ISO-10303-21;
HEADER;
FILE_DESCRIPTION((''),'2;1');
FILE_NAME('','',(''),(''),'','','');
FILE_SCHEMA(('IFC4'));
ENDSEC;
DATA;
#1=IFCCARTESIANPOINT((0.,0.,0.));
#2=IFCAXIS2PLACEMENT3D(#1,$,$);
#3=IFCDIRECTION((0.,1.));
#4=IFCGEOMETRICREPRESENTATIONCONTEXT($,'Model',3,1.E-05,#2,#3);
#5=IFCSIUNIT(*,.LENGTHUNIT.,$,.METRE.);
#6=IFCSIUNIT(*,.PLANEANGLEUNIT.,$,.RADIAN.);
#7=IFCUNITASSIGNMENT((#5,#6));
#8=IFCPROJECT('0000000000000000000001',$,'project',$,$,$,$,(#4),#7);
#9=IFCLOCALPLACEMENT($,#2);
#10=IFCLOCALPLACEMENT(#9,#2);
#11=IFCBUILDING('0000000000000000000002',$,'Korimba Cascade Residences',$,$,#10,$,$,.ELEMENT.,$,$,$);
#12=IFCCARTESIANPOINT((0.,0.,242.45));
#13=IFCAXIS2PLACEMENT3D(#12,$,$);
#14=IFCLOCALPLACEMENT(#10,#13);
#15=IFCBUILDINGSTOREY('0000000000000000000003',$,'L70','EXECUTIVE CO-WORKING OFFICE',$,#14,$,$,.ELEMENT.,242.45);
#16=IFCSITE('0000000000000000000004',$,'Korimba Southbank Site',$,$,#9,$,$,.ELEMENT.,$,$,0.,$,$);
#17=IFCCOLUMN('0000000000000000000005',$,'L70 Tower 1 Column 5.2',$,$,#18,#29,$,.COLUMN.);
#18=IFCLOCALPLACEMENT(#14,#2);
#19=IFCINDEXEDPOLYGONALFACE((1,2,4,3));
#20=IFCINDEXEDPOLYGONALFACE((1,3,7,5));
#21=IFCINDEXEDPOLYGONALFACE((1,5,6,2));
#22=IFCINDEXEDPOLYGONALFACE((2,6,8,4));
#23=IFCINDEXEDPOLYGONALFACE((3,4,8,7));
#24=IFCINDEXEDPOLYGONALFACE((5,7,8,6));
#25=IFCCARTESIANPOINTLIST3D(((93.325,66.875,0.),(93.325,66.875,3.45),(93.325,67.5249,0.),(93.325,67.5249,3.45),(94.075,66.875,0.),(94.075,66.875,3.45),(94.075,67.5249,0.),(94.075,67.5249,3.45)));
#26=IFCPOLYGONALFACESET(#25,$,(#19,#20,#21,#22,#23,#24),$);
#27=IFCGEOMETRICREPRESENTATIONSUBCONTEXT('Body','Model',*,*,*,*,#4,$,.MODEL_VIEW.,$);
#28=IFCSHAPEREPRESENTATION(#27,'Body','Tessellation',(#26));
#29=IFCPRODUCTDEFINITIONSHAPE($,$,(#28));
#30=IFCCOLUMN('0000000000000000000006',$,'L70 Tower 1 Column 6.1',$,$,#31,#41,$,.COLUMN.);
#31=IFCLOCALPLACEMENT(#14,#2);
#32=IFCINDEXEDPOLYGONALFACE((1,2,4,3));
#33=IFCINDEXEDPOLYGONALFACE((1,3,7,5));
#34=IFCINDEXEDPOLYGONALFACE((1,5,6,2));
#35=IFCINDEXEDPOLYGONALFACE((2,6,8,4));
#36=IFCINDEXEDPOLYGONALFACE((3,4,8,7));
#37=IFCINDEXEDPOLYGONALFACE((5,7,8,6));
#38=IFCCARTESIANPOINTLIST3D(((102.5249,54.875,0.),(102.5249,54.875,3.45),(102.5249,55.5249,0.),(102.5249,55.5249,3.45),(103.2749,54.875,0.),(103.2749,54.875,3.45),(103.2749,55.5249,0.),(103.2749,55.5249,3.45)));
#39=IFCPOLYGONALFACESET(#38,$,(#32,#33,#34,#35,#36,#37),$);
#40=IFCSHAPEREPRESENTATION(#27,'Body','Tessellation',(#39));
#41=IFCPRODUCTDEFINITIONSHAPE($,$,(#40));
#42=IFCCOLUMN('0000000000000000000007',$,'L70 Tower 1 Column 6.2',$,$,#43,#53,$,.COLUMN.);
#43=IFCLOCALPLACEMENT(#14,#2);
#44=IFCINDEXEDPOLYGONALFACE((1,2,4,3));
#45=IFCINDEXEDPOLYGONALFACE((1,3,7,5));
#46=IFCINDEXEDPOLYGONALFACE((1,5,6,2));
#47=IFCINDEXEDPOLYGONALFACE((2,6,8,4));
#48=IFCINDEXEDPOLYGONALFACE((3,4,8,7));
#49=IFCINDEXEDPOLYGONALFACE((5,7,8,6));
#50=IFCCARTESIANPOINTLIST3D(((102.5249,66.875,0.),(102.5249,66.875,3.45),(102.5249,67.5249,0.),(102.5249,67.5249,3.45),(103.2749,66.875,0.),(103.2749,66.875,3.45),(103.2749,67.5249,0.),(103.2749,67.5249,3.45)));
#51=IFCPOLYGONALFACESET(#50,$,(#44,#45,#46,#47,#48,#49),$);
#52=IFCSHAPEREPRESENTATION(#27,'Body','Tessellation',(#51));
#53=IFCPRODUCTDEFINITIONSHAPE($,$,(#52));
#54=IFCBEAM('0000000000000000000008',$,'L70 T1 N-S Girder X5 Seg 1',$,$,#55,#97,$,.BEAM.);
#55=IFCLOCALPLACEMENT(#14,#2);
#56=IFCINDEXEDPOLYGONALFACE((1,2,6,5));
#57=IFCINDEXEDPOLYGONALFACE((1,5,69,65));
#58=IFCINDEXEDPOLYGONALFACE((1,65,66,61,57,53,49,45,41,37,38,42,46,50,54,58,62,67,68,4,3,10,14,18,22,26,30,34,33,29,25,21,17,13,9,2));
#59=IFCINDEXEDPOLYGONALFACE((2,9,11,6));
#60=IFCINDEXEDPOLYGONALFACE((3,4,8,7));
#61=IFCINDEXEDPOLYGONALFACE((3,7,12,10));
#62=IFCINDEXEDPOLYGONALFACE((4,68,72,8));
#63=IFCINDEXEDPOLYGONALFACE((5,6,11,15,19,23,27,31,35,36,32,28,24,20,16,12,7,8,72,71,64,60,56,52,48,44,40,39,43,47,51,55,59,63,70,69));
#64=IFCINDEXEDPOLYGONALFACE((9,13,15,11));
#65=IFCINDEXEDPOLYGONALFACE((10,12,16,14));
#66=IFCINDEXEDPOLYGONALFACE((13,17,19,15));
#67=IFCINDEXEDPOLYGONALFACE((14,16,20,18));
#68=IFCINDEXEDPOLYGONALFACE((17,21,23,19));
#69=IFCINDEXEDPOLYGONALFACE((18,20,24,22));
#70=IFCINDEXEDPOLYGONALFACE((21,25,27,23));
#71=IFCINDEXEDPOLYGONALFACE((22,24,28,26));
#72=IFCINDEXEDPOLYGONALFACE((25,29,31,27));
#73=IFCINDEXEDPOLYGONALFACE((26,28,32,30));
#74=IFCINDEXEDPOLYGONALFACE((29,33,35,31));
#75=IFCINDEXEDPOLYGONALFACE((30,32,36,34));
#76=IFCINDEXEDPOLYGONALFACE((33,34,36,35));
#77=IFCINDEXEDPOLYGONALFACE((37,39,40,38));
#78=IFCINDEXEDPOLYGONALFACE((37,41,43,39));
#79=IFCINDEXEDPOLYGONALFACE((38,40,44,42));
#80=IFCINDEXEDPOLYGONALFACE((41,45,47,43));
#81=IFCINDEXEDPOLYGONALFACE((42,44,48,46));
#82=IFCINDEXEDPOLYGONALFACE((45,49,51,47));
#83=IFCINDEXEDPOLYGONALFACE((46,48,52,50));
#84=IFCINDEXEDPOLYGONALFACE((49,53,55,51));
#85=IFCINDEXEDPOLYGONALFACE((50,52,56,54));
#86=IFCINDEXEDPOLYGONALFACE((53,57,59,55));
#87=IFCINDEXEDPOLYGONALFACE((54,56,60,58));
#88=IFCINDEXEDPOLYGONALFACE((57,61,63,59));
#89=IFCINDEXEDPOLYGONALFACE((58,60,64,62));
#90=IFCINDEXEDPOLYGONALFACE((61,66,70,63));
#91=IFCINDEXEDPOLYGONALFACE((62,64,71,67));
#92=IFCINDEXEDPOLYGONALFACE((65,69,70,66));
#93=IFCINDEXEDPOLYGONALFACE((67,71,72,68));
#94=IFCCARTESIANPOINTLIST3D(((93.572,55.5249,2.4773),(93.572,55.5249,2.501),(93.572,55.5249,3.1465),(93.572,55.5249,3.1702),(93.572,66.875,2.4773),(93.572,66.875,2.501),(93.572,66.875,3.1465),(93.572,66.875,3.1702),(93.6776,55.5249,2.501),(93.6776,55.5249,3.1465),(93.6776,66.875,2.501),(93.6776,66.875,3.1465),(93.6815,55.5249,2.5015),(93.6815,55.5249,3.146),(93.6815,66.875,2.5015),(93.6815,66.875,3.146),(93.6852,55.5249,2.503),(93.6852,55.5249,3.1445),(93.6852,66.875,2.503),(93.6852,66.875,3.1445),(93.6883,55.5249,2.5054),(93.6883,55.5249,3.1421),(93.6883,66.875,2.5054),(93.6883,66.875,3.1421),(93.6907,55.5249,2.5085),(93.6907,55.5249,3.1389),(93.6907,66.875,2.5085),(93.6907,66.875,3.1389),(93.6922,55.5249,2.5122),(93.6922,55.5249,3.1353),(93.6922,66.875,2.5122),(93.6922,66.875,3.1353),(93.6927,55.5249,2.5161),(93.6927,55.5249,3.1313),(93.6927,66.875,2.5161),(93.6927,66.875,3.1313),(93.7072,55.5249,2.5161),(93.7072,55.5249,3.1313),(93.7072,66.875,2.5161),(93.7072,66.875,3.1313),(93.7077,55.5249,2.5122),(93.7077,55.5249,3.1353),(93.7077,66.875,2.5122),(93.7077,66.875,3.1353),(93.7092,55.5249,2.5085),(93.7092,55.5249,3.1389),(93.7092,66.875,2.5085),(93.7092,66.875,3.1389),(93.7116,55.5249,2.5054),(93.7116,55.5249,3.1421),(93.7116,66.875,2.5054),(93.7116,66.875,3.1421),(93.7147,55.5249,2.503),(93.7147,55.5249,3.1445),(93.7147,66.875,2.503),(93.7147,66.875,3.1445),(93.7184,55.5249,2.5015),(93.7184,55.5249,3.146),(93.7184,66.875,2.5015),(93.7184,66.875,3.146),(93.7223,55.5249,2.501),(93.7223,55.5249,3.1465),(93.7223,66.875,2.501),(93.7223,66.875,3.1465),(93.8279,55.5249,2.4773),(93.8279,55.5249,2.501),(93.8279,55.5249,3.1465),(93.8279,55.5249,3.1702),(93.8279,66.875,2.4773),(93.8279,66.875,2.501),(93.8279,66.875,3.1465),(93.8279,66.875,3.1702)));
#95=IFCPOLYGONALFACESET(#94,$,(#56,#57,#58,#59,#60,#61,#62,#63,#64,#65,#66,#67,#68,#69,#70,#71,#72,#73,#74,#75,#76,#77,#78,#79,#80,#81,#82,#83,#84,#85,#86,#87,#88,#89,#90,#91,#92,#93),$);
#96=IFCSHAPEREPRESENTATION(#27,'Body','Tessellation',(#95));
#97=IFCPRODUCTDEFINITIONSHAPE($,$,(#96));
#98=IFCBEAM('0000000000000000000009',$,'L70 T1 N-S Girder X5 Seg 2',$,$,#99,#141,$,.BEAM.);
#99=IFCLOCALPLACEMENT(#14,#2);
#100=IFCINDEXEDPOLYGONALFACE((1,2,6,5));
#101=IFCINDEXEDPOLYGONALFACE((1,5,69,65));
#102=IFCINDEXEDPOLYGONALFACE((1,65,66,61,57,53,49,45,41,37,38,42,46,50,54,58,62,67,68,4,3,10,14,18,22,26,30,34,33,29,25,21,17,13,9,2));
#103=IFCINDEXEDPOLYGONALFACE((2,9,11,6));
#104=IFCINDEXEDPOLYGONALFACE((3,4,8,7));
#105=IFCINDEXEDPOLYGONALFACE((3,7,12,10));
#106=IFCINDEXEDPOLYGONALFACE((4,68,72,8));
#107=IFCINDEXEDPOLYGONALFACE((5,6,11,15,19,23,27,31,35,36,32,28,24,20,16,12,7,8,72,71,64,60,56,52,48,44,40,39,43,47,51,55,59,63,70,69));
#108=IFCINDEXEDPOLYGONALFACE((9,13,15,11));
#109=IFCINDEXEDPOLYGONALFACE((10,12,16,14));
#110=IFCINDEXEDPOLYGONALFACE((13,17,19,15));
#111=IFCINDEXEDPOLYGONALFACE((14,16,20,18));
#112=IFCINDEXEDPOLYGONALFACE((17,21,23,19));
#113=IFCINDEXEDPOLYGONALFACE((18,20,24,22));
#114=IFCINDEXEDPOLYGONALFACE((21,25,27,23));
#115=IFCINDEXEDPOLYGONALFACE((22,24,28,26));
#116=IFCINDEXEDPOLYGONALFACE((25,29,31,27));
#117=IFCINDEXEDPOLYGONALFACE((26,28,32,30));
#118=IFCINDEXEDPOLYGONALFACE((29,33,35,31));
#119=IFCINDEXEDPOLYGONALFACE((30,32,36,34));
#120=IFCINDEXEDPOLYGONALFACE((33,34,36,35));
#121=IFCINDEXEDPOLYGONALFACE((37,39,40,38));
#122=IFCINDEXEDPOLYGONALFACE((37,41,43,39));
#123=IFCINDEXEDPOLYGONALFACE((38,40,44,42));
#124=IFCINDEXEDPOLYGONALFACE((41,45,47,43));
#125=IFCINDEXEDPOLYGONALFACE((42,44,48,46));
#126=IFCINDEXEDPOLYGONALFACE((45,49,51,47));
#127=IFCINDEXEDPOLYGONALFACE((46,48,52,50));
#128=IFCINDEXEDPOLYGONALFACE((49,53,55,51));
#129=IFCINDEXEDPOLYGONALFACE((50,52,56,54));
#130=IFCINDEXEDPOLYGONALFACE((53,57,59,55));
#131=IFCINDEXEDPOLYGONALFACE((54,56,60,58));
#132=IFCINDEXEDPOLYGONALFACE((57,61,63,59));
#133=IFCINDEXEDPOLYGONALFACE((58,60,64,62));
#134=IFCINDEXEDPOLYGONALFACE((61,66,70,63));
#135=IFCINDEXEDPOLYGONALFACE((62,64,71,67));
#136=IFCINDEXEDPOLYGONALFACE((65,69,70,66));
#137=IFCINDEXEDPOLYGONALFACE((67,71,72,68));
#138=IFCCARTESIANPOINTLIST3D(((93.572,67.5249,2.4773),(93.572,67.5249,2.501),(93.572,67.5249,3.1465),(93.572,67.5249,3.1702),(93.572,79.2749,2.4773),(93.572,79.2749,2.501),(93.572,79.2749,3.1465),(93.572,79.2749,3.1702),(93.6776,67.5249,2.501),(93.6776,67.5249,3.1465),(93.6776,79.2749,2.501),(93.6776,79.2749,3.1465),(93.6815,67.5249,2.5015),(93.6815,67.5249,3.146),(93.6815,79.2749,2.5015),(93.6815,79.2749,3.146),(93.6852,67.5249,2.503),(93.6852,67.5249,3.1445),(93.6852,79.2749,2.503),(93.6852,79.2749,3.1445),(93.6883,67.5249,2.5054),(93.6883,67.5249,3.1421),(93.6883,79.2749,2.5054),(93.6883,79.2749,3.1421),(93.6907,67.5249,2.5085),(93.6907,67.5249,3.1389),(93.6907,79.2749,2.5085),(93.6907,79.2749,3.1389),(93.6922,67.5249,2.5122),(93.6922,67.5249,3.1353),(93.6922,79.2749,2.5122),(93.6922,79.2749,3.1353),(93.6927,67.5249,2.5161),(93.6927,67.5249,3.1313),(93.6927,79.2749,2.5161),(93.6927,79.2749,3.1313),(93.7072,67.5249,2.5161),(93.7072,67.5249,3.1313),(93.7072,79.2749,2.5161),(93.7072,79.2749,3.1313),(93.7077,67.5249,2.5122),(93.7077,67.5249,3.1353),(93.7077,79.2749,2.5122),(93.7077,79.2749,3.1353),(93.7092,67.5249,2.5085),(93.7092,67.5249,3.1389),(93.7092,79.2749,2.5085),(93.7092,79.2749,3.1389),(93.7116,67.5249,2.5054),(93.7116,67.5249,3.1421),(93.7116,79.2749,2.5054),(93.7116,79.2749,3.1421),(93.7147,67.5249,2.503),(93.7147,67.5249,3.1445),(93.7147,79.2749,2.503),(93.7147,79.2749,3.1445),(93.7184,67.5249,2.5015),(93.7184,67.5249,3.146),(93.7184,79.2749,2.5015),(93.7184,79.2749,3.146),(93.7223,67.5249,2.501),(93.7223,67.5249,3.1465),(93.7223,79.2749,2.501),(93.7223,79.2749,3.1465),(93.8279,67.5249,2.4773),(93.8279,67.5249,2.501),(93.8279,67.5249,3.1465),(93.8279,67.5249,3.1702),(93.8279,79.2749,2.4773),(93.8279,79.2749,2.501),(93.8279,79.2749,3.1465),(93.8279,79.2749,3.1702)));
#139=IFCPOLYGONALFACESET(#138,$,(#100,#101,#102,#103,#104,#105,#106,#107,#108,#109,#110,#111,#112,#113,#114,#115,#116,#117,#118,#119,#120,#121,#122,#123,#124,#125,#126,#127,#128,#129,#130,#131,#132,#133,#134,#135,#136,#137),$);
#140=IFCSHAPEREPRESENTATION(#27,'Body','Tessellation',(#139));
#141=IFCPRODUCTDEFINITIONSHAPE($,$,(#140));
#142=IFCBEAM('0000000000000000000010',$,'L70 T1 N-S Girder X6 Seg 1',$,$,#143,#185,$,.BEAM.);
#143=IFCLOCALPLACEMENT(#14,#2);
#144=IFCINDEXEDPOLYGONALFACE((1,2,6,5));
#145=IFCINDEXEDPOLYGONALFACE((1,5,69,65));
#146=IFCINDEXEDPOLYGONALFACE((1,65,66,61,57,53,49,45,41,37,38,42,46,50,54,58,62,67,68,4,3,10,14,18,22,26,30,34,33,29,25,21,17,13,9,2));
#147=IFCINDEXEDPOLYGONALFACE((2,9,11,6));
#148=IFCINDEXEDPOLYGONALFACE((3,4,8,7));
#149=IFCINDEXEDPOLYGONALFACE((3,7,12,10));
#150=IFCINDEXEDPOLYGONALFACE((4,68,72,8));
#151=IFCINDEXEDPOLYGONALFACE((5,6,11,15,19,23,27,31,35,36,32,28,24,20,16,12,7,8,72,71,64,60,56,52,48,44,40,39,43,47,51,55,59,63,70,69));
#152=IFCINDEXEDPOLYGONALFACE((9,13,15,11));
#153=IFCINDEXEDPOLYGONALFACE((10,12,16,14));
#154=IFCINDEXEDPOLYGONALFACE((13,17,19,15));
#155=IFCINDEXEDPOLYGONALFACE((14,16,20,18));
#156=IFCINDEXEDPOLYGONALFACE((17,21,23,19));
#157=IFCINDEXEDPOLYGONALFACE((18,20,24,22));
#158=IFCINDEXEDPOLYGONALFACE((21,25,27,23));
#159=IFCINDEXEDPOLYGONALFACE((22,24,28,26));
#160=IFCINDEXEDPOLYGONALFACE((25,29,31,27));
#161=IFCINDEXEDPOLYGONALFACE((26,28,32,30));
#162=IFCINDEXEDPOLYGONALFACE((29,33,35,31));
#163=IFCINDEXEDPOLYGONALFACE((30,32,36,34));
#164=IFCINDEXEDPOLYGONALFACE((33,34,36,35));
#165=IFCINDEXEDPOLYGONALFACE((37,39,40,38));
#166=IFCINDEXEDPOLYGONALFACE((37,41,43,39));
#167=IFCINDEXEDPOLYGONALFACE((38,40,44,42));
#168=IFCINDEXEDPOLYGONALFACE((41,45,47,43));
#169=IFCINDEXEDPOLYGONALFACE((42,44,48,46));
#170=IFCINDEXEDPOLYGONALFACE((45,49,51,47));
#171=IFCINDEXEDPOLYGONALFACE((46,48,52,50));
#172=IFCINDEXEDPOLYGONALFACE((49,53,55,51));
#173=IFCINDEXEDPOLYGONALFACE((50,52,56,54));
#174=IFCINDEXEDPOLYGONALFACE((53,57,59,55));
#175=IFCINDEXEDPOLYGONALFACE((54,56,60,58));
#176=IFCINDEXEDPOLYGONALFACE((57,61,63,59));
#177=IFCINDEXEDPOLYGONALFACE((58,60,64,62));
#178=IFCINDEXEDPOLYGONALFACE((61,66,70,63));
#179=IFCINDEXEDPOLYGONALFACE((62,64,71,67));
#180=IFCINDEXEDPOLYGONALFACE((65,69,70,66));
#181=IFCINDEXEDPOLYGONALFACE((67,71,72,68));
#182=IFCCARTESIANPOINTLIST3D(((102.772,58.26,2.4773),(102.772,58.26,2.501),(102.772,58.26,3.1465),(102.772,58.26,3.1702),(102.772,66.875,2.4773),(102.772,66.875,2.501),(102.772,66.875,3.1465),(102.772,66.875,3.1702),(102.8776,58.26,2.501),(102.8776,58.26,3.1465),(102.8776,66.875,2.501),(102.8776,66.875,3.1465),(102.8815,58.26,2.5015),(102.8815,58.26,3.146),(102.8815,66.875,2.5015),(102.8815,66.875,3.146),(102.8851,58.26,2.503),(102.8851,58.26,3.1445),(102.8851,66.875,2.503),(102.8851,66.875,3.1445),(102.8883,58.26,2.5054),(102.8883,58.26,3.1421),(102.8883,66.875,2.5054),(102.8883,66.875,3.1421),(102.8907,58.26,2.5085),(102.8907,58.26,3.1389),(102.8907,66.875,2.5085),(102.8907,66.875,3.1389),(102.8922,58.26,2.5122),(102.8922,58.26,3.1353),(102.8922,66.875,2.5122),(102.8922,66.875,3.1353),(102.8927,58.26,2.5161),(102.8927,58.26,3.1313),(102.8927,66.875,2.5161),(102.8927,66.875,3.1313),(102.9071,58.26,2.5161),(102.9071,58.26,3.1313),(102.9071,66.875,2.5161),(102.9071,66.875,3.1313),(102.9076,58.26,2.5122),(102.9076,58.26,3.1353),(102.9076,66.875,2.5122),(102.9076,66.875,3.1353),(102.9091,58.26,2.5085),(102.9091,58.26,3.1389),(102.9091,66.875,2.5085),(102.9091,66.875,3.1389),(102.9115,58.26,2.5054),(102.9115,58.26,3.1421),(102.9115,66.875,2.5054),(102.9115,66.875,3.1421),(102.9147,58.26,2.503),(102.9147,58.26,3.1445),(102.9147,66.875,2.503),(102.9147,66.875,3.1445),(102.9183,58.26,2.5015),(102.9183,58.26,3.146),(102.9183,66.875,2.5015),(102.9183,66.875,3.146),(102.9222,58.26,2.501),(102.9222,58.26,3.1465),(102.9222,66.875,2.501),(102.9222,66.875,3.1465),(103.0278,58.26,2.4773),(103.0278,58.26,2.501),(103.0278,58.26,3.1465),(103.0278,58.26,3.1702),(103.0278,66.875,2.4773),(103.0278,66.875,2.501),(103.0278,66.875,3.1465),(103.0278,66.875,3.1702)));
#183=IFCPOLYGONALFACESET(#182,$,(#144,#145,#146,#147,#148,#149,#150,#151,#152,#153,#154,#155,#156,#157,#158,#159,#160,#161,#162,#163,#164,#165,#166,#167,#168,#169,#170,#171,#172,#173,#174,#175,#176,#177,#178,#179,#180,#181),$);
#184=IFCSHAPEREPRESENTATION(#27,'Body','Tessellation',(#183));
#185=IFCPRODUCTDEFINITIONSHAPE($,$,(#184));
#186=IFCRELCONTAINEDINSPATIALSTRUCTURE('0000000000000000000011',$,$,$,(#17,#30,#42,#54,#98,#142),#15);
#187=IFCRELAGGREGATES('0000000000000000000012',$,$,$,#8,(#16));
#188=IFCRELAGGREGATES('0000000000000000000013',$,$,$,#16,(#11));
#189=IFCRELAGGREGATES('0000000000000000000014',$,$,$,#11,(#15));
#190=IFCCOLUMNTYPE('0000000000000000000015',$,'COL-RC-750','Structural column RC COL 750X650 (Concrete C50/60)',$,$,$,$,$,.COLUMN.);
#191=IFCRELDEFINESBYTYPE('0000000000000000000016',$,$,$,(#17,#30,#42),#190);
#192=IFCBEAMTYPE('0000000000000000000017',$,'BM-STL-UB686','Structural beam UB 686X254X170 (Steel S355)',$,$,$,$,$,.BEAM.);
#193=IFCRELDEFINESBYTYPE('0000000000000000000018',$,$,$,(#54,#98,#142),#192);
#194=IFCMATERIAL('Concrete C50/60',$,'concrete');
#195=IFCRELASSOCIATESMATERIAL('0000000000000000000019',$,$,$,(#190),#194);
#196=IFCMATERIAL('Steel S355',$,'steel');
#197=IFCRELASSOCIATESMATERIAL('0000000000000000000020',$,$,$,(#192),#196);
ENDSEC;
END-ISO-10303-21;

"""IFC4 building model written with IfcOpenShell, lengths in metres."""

from ifc_helpers import new_model, si_unit, direction, frame, origin, origin_2d, place, context, subcontext, project, spatial, rectangle, i_section, extrude, material, material_profile, profile_set, type_object, element, save


model = new_model("IFC4")

# Units and contexts
model_context = context("Model", 3, precision=1e-05, world=origin(), true_north=direction((0.0, 1.0)))
body_context = subcontext(model_context, "Body", "Model", "MODEL_VIEW")
ifc_project = project(units=[si_unit("LENGTHUNIT", "METRE"), si_unit("PLANEANGLEUNIT", "RADIAN")], contexts=[model_context])

# Site, building, storey
site_placement = place(None, origin())
site = spatial("IfcSite", under=ifc_project, at=site_placement, Name="Korimba Southbank Site", CompositionType="ELEMENT", RefElevation=0.0)
building_placement = place(site_placement, origin())
building = spatial("IfcBuilding", under=site, at=building_placement, Name="Korimba Cascade Residences", CompositionType="ELEMENT")
storey_placement = place(building_placement, frame((0.0, 0.0, 242.45)))
storey = spatial("IfcBuildingStorey", under=building, at=storey_placement, Name="L70", Description="EXECUTIVE CO-WORKING OFFICE", CompositionType="ELEMENT", Elevation=242.45)

# Columns
ifc_material_1 = material(Name="Concrete C50/60", Category="concrete")
ifc_material_profile_1 = material_profile(ifc_material_1, rectangle(XDim=0.75, YDim=0.6499, at=origin_2d()), Name="Concrete C50/60")
ifc_profile_set_1 = profile_set([ifc_material_profile_1], Name="Concrete C50/60")
column_type = type_object("IfcColumnType", Name="COL-RC-750", Description="Structural column RC COL 750X650 (Concrete C50/60)", PredefinedType="COLUMN", material=ifc_profile_set_1)
for number, where, z_axis, x_axis, name in (
    (1, (93.7, 67.2, 0.0), (0.0, 0.0, 1.0), (1.0, 0.0, 0.0), "L70 Tower 1 Column 5.2"),
    (2, (102.8999, 55.2, 0.0), (0.0, 0.0, 1.0), (1.0, 0.0, 0.0), "L70 Tower 1 Column 6.1"),
    (3, (102.8999, 67.2, 0.0), (0.0, 0.0, 1.0), (1.0, 0.0, 0.0), "L70 Tower 1 Column 6.2"),
):
    element("IfcColumn", number, at=place(storey_placement, frame(where, z_axis=z_axis, x_axis=x_axis)), inside=storey, type_object=column_type, Name=name, PredefinedType="COLUMN", context=body_context, shape_type="SweptSolid", body=[
        extrude(rectangle(XDim=0.75, YDim=0.6499, at=origin_2d()), origin(), (0.0, 0.0, 1.0), 3.45),
    ])

# Beams
ifc_material_2 = material(Name="Steel S355", Category="steel")
ifc_material_profile_2 = material_profile(ifc_material_2, i_section(OverallWidth=0.2559, OverallDepth=0.6929, WebThickness=0.0144, FlangeThickness=0.0237, FilletRadius=0.0151, at=origin_2d()), Name="Steel S355")
ifc_profile_set_2 = profile_set([ifc_material_profile_2], Name="Steel S355")
beam_type = type_object("IfcBeamType", Name="BM-STL-UB686", Description="Structural beam UB 686X254X170 (Steel S355)", PredefinedType="BEAM", material=ifc_profile_set_2)
beam_1_placement = place(storey_placement, frame((93.7, 55.5249, 2.8237), z_axis=(0.0, 1.0, 0.0), x_axis=(-1.0, 0.0, 0.0)))
element("IfcBeam", 4, at=beam_1_placement, inside=storey, type_object=beam_type, Name="L70 T1 N-S Girder X5 Seg 1", PredefinedType="BEAM", context=body_context, shape_type="SweptSolid", body=[
    extrude(i_section(OverallWidth=0.2559, OverallDepth=0.6929, WebThickness=0.0144, FlangeThickness=0.0237, FilletRadius=0.0151, at=origin_2d()), origin(), (0.0, 0.0, 1.0), 11.3501),
])
beam_2_placement = place(storey_placement, frame((93.7, 67.5249, 2.8237), z_axis=(0.0, 1.0, 0.0), x_axis=(-1.0, 0.0, 0.0)))
element("IfcBeam", 5, at=beam_2_placement, inside=storey, type_object=beam_type, Name="L70 T1 N-S Girder X5 Seg 2", PredefinedType="BEAM", context=body_context, shape_type="SweptSolid", body=[
    extrude(i_section(OverallWidth=0.2559, OverallDepth=0.6929, WebThickness=0.0144, FlangeThickness=0.0237, FilletRadius=0.0151, at=origin_2d()), origin(), (0.0, 0.0, 1.0), 11.75),
])
beam_3_placement = place(storey_placement, frame((102.8999, 58.26, 2.8237), z_axis=(0.0, 1.0, 0.0), x_axis=(-1.0, 0.0, 0.0)))
element("IfcBeam", 6, at=beam_3_placement, inside=storey, type_object=beam_type, Name="L70 T1 N-S Girder X6 Seg 1", PredefinedType="BEAM", context=body_context, shape_type="SweptSolid", body=[
    extrude(i_section(OverallWidth=0.2559, OverallDepth=0.6929, WebThickness=0.0144, FlangeThickness=0.0237, FilletRadius=0.0151, at=origin_2d()), origin(), (0.0, 0.0, 1.0), 8.615),
])

save(model, "model.ifc")
